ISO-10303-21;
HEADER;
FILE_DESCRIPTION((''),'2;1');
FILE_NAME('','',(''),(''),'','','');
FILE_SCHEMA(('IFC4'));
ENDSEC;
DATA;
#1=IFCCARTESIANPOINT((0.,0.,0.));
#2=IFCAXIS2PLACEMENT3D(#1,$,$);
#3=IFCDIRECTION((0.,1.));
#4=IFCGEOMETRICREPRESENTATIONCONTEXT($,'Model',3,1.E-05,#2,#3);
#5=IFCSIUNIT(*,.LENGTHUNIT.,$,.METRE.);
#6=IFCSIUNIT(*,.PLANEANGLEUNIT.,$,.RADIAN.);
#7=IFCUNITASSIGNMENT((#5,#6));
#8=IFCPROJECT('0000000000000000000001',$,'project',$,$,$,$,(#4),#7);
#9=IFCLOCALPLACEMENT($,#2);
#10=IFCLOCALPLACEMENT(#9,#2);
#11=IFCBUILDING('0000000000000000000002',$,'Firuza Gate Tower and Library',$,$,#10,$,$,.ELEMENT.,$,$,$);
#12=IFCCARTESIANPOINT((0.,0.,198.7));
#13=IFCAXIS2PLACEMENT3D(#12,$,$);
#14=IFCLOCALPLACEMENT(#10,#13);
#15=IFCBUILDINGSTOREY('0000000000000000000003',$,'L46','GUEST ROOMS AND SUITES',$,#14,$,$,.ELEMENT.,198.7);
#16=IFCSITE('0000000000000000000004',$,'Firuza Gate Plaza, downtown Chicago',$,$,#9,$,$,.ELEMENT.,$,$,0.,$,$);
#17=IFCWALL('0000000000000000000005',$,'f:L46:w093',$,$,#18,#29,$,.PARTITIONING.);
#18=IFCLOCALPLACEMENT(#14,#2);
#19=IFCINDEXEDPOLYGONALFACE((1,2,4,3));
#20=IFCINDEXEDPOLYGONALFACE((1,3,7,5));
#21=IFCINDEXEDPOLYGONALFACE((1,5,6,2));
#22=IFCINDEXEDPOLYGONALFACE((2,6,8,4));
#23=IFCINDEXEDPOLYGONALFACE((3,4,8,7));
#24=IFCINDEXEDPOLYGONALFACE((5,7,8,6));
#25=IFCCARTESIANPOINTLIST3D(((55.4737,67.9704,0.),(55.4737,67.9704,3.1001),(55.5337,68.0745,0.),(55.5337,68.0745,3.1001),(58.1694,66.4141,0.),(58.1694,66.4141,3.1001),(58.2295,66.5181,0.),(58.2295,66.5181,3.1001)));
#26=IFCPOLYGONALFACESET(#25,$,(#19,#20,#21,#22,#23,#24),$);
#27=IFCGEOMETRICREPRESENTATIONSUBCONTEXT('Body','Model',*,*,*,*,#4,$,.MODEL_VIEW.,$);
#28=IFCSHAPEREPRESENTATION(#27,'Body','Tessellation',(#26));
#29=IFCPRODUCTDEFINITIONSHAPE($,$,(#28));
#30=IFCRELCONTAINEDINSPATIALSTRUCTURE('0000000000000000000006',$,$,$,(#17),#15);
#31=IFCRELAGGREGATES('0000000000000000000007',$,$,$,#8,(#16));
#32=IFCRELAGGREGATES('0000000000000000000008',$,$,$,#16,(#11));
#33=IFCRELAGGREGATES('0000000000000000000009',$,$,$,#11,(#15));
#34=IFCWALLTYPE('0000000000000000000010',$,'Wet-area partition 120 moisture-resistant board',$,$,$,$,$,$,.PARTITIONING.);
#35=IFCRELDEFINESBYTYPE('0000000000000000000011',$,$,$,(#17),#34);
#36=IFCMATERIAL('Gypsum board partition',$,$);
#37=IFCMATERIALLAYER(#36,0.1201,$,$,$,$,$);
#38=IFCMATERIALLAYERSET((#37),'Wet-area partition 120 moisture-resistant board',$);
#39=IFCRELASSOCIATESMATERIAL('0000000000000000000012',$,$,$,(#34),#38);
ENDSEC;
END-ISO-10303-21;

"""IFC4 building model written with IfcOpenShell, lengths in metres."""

from ifc_helpers import new_model, si_unit, direction, frame, frame_2d, origin, place, context, subcontext, project, spatial, rectangle, extrude, material, layer, layer_set, type_object, element, save


model = new_model("IFC4")

# Units and contexts
model_context = context("Model", 3, precision=1e-05, world=origin(), true_north=direction((0.0, 1.0)))
body_context = subcontext(model_context, "Body", "Model", "MODEL_VIEW")
ifc_project = project(units=[si_unit("LENGTHUNIT", "METRE"), si_unit("PLANEANGLEUNIT", "RADIAN")], contexts=[model_context])

# Site, building, storey
site_placement = place(None, origin())
site = spatial("IfcSite", under=ifc_project, at=site_placement, Name="Firuza Gate Plaza, downtown Chicago", CompositionType="ELEMENT", RefElevation=0.0)
building_placement = place(site_placement, origin())
building = spatial("IfcBuilding", under=site, at=building_placement, Name="Firuza Gate Tower and Library", CompositionType="ELEMENT")
storey_placement = place(building_placement, frame((0.0, 0.0, 198.7)))
storey = spatial("IfcBuildingStorey", under=building, at=storey_placement, Name="L46", Description="GUEST ROOMS AND SUITES", CompositionType="ELEMENT", Elevation=198.7)

# Shared definitions
ifc_material_1 = material(Name="Gypsum board partition")
ifc_layer_1 = layer(ifc_material_1, 0.1201)
ifc_layer_set_1 = layer_set([ifc_layer_1], Name="Wet-area partition 120 moisture-resistant board")
wall_type_1 = type_object("IfcWallType", Name="Wet-area partition 120 moisture-resistant board", PredefinedType="PARTITIONING", material=ifc_layer_set_1)

# Wall
wall_1_placement = place(storey_placement, frame((58.1995, 66.4661, 0.0), z_axis=(0.0, 0.0, 1.0), x_axis=(-0.866029, 0.499994, 0.0)))
element("IfcWall", 1, at=wall_1_placement, inside=storey, type_object=wall_type_1, Name="f:L46:w093", PredefinedType="PARTITIONING", context=body_context, shape_type="SweptSolid", body=[
    extrude(rectangle(XDim=3.1128, YDim=0.1201, at=frame_2d((1.5564, 0.0))), origin(), (0.0, 0.0, 1.0), 3.1001),
])

save(model, "model.ifc")
